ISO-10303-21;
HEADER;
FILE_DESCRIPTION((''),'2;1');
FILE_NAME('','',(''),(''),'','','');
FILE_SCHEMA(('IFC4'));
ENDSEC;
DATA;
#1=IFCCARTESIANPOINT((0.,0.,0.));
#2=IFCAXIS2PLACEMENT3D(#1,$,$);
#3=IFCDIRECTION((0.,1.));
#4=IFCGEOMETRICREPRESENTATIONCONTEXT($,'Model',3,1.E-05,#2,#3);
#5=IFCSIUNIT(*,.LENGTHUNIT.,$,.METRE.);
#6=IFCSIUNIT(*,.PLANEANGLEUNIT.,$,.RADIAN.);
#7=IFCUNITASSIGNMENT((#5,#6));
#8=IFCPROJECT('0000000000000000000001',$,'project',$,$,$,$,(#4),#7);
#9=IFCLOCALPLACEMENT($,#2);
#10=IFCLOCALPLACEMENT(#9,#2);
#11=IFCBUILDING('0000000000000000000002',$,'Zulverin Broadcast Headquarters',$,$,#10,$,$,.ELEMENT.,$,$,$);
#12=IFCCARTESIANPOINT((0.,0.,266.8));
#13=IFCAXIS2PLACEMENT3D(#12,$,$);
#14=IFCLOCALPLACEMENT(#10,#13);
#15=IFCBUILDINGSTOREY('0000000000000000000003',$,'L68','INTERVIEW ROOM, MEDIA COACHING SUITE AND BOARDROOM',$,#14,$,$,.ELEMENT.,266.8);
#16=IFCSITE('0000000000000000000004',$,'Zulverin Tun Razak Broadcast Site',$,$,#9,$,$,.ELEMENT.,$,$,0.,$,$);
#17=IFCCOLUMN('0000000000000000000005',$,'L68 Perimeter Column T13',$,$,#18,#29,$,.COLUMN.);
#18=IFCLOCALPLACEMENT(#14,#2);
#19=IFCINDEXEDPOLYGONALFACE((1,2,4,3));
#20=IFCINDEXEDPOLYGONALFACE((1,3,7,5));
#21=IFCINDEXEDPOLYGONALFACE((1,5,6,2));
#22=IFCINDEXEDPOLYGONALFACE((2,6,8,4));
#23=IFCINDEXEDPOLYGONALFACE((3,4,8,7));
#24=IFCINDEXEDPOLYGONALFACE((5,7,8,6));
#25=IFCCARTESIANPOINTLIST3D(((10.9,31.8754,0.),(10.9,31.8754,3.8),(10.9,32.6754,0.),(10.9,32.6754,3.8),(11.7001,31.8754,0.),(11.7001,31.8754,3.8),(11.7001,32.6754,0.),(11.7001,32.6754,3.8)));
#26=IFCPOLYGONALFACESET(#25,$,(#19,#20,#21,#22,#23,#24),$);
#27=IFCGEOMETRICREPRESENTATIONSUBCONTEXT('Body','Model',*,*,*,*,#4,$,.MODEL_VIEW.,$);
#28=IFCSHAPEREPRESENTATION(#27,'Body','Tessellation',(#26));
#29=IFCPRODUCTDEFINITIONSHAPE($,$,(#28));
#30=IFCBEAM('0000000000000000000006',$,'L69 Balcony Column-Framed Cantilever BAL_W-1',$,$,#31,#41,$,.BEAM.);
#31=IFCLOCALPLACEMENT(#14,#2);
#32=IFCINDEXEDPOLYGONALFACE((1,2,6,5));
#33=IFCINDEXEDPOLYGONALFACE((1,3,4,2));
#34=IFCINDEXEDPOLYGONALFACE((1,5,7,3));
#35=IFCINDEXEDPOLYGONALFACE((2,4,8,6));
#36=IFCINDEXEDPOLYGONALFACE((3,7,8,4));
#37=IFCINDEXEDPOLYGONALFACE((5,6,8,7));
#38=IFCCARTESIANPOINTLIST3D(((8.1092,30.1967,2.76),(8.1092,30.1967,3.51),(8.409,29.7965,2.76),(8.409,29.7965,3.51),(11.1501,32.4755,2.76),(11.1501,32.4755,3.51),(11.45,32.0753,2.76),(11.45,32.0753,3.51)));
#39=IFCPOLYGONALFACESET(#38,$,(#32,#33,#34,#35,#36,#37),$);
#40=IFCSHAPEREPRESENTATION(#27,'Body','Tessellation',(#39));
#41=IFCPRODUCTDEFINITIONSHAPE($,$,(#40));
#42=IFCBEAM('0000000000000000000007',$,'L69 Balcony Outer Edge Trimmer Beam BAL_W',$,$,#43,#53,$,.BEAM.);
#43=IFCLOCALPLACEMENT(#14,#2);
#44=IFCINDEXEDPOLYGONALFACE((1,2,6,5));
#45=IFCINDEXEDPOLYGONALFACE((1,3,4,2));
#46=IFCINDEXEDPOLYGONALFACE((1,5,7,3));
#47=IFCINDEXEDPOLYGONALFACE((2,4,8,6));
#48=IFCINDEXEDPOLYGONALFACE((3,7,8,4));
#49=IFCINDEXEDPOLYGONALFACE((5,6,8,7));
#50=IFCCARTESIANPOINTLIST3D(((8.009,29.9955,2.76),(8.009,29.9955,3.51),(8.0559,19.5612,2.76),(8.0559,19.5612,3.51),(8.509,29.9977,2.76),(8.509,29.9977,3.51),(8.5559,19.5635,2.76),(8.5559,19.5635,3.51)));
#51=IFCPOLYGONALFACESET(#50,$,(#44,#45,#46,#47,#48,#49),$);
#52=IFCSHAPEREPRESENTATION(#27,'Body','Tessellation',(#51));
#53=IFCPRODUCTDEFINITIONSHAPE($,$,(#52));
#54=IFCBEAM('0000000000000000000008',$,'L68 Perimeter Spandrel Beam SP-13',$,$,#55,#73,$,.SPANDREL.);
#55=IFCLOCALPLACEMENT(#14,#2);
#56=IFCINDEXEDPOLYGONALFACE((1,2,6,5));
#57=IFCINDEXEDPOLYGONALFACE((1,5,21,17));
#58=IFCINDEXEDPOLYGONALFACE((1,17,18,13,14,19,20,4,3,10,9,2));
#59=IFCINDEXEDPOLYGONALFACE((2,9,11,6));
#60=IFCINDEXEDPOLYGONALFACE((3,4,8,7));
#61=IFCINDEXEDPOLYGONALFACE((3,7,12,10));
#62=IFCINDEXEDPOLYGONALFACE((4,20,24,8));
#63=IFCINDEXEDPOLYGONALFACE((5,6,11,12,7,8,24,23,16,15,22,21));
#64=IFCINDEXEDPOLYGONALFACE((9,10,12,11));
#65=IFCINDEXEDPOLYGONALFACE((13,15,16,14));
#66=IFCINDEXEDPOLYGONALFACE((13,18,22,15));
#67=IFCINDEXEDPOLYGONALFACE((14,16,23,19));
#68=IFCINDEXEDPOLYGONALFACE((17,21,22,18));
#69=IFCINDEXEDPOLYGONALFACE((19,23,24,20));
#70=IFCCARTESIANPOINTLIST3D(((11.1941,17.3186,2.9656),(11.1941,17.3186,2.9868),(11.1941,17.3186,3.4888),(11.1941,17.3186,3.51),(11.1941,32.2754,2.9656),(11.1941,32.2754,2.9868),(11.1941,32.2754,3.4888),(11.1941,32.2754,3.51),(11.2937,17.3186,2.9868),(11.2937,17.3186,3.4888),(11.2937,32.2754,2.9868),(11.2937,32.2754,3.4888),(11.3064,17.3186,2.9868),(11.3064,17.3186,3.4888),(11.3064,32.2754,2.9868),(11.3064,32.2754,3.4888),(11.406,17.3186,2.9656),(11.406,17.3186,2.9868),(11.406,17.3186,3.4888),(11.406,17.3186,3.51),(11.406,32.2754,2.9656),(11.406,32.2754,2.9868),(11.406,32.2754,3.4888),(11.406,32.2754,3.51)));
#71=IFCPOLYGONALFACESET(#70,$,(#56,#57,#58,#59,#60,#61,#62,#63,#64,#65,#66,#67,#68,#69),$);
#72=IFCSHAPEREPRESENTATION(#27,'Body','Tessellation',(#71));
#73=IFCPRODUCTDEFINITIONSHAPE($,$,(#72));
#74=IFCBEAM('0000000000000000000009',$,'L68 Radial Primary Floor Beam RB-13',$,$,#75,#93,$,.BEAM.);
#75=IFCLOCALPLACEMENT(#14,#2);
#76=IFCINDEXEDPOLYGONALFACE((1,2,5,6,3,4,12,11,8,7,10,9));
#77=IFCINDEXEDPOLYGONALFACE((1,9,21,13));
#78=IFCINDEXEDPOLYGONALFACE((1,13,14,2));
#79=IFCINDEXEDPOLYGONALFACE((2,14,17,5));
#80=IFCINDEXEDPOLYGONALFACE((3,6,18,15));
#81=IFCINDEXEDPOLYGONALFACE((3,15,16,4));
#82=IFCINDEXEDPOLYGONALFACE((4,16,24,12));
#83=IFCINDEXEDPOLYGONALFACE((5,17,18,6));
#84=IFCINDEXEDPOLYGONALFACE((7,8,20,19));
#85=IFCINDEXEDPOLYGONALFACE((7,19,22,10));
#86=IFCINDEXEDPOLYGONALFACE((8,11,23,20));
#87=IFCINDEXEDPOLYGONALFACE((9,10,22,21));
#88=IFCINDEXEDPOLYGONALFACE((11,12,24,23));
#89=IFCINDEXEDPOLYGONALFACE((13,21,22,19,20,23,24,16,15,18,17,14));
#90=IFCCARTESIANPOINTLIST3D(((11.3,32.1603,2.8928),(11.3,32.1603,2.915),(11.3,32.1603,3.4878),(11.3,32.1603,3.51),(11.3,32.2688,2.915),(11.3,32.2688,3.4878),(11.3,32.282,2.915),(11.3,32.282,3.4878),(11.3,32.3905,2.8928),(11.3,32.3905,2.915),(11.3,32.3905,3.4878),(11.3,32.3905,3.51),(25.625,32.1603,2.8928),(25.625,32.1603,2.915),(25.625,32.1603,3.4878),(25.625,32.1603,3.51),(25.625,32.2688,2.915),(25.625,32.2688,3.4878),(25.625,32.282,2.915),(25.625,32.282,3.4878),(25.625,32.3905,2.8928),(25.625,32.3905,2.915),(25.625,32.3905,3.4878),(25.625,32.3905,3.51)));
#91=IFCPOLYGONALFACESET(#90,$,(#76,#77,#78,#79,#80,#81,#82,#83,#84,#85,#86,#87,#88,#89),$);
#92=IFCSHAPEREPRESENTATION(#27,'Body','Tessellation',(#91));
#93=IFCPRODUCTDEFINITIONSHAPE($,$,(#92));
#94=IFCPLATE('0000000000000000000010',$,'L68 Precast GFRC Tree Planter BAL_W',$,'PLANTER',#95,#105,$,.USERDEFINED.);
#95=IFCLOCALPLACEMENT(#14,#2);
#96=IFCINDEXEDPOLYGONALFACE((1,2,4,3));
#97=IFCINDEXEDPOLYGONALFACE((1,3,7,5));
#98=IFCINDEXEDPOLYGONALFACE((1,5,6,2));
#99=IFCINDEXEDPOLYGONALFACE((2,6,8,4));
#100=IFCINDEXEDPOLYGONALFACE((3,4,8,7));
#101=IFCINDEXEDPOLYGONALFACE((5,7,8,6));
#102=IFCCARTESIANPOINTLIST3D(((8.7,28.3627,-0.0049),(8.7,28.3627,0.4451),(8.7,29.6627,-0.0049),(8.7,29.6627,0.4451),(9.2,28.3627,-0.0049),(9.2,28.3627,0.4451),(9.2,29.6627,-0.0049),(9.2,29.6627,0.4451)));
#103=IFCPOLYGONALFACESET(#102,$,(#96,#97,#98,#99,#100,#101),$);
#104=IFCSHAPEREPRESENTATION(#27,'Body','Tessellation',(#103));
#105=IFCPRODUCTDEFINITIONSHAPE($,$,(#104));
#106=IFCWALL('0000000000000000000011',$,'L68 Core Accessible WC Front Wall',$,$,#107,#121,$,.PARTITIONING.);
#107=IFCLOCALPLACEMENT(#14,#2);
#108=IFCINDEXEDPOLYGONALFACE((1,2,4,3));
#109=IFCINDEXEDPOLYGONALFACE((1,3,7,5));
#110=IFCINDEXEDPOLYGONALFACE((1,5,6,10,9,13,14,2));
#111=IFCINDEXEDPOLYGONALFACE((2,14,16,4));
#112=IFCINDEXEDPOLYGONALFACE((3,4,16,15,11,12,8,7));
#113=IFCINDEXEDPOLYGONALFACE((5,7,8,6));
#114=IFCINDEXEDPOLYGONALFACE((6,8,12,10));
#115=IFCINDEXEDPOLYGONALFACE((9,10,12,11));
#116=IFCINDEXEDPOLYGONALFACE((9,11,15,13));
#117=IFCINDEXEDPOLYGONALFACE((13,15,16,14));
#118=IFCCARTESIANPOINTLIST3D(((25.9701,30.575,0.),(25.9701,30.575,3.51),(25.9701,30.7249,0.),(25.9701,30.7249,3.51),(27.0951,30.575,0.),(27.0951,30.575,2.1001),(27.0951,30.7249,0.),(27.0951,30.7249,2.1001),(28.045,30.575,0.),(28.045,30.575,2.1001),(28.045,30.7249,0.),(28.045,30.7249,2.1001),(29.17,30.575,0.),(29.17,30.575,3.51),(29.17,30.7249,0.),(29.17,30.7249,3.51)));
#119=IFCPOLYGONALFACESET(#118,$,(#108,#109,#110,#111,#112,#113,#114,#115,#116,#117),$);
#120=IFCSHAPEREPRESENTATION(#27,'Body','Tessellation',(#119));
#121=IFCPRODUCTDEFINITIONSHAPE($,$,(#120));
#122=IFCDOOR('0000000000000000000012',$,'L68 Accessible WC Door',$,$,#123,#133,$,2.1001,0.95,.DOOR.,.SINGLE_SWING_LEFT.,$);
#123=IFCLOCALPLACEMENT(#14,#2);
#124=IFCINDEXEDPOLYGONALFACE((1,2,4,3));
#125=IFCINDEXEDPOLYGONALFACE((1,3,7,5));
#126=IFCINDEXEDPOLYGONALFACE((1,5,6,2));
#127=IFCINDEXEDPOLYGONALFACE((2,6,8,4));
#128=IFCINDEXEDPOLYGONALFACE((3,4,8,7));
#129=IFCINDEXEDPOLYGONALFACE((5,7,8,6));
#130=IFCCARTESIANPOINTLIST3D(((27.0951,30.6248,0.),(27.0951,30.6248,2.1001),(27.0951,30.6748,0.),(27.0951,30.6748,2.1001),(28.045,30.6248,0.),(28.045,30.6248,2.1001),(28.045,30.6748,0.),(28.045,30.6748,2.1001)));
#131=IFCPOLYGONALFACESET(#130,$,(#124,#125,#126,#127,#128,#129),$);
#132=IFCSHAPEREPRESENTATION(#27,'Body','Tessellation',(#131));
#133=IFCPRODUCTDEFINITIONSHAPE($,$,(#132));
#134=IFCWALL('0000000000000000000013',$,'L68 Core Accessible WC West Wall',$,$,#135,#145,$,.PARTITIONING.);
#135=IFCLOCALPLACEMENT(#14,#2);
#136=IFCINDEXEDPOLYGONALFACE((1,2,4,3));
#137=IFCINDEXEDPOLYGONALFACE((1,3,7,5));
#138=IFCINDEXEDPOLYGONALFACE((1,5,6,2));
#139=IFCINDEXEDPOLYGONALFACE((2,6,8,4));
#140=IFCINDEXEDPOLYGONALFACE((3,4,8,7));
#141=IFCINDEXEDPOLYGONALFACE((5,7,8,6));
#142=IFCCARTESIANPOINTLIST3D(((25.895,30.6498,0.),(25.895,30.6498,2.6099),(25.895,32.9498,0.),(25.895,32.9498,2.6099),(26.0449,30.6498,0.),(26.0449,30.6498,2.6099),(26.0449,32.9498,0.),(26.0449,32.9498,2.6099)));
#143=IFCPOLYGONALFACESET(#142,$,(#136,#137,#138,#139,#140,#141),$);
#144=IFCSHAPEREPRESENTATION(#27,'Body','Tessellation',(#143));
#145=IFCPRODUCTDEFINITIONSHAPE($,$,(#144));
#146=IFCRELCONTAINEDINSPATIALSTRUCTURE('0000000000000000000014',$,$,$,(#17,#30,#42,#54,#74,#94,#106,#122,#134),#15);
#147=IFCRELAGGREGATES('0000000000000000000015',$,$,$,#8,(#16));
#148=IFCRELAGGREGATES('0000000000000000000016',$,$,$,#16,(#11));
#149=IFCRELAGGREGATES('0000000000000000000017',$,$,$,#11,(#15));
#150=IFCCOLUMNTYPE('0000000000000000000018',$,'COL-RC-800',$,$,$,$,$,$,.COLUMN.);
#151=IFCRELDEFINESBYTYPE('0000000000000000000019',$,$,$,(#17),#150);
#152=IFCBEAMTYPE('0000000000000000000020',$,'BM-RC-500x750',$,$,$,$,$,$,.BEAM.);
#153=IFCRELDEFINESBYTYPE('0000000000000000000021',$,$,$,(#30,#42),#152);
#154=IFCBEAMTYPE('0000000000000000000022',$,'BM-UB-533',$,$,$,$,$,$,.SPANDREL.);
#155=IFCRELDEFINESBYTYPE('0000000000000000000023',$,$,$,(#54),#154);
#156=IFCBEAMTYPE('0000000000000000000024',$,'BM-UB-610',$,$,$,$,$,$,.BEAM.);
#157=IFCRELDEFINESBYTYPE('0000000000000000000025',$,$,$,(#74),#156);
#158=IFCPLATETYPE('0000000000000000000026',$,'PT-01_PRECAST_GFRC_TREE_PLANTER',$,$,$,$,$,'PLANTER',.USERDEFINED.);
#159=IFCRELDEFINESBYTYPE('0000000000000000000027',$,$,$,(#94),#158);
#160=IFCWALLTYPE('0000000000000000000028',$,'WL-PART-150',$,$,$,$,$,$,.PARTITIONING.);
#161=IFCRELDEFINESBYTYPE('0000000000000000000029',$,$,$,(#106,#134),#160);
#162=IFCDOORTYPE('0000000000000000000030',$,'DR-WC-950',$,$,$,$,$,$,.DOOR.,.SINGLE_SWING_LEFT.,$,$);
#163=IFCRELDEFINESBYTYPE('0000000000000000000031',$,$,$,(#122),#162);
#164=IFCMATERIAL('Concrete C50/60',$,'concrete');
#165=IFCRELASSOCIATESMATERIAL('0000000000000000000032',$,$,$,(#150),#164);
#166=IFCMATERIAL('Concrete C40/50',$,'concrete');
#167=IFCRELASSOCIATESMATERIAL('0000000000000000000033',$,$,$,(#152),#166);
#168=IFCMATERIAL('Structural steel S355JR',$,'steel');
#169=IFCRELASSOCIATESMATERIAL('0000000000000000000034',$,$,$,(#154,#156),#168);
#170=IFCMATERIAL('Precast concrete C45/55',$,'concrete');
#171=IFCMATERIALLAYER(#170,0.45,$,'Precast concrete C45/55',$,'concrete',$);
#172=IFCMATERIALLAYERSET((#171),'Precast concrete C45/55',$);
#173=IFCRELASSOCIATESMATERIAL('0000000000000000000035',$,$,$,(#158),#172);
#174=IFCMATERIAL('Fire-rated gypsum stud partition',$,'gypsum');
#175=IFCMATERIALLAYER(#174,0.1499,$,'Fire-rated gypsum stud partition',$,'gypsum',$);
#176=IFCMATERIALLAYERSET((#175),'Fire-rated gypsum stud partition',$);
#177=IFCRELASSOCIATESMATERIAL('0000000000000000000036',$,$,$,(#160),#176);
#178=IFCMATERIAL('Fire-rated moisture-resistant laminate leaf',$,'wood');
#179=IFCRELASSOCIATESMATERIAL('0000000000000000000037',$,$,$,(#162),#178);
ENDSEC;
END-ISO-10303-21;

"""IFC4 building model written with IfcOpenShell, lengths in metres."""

from ifc_helpers import new_model, si_unit, direction, frame, frame_2d, origin, origin_2d, place, context, subcontext, project, spatial, rectangle, i_section, extrude, material, layer, layer_set, material_profile, profile_set, type_object, element, fill, save


model = new_model("IFC4")

# Units and contexts
model_context = context("Model", 3, precision=1e-05, world=origin(), true_north=direction((0.0, 1.0)))
body_context = subcontext(model_context, "Body", "Model", "MODEL_VIEW")
ifc_project = project(units=[si_unit("LENGTHUNIT", "METRE"), si_unit("PLANEANGLEUNIT", "RADIAN")], contexts=[model_context])

# Site, building, storey
site_placement = place(None, origin())
site = spatial("IfcSite", under=ifc_project, at=site_placement, Name="Zulverin Tun Razak Broadcast Site", CompositionType="ELEMENT", RefElevation=0.0)
building_placement = place(site_placement, origin())
building = spatial("IfcBuilding", under=site, at=building_placement, Name="Zulverin Broadcast Headquarters", CompositionType="ELEMENT")
storey_placement = place(building_placement, frame((0.0, 0.0, 266.8)))
storey = spatial("IfcBuildingStorey", under=building, at=storey_placement, Name="L68", Description="INTERVIEW ROOM, MEDIA COACHING SUITE AND BOARDROOM", CompositionType="ELEMENT", Elevation=266.8)

# Column
ifc_material_1 = material(Name="Concrete C50/60", Category="concrete")
ifc_material_profile_1 = material_profile(ifc_material_1, rectangle(XDim=0.8, YDim=0.8, at=origin_2d()), Name="Concrete C50/60", Category="concrete")
ifc_profile_set_1 = profile_set([ifc_material_profile_1], Name="Concrete C50/60")
column_type = type_object("IfcColumnType", Name="COL-RC-800", PredefinedType="COLUMN", material=ifc_profile_set_1)
column_placement = place(storey_placement, frame((11.3, 32.2754, 0.0), z_axis=(0.0, 0.0, 1.0), x_axis=(1.0, 0.0, 0.0)))
element("IfcColumn", 1, at=column_placement, inside=storey, type_object=column_type, Name="L68 Perimeter Column T13", PredefinedType="COLUMN", context=body_context, shape_type="SweptSolid", body=[
    extrude(rectangle(XDim=0.8, YDim=0.8, at=origin_2d()), origin(), (0.0, 0.0, 1.0), 3.8),
])

# Beams
ifc_material_2 = material(Name="Concrete C40/50", Category="concrete")
ifc_material_profile_2 = material_profile(ifc_material_2, rectangle(XDim=0.5, YDim=0.75, at=origin_2d()), Name="Concrete C40/50", Category="concrete")
ifc_profile_set_2 = profile_set([ifc_material_profile_2], Name="Concrete C40/50")
beam_type_1 = type_object("IfcBeamType", Name="BM-RC-500x750", PredefinedType="BEAM", material=ifc_profile_set_2)
beam_1_placement = place(storey_placement, frame((11.3, 32.2754, 3.135), z_axis=(-0.800247, -0.599671, 0.0), x_axis=(0.599671, -0.800247, 0.0)))
element("IfcBeam", 2, at=beam_1_placement, inside=storey, type_object=beam_type_1, Name="L69 Balcony Column-Framed Cantilever BAL_W-1", PredefinedType="BEAM", context=body_context, shape_type="SweptSolid", body=[
    extrude(rectangle(XDim=0.5, YDim=0.75, at=origin_2d()), origin(), (0.0, 0.0, 1.0), 3.8),
])
beam_2_placement = place(storey_placement, frame((8.259, 29.9966, 3.135), z_axis=(0.004492, -0.99999, 0.0), x_axis=(0.99999, 0.004492, 0.0)))
element("IfcBeam", 3, at=beam_2_placement, inside=storey, type_object=beam_type_1, Name="L69 Balcony Outer Edge Trimmer Beam BAL_W", PredefinedType="BEAM", context=body_context, shape_type="SweptSolid", body=[
    extrude(rectangle(XDim=0.5, YDim=0.75, at=origin_2d()), origin(), (0.0, 0.0, 1.0), 10.4343),
])
ifc_material_3 = material(Name="Structural steel S355JR", Category="steel")
ifc_material_profile_3 = material_profile(ifc_material_3, i_section(OverallWidth=0.2119, OverallDepth=0.5444, WebThickness=0.0127, FlangeThickness=0.0212, at=origin_2d()), Name="Structural steel S355JR", Category="steel")
ifc_profile_set_3 = profile_set([ifc_material_profile_3], Name="Structural steel S355JR")
beam_type_2 = type_object("IfcBeamType", Name="BM-UB-533", PredefinedType="SPANDREL", material=ifc_profile_set_3)
beam_3_placement = place(storey_placement, frame((11.3, 32.2754, 3.2378), z_axis=(0.0, -1.0, 0.0), x_axis=(1.0, 0.0, 0.0)))
element("IfcBeam", 4, at=beam_3_placement, inside=storey, type_object=beam_type_2, Name="L68 Perimeter Spandrel Beam SP-13", PredefinedType="SPANDREL", context=body_context, shape_type="SweptSolid", body=[
    extrude(i_section(OverallWidth=0.2119, OverallDepth=0.5444, WebThickness=0.0127, FlangeThickness=0.0212, at=origin_2d()), origin(), (0.0, 0.0, 1.0), 14.9568),
])
ifc_material_profile_4 = material_profile(ifc_material_3, i_section(OverallWidth=0.2302, OverallDepth=0.6172, WebThickness=0.0132, FlangeThickness=0.0222, at=origin_2d()), Name="Structural steel S355JR", Category="steel")
ifc_profile_set_4 = profile_set([ifc_material_profile_4], Name="Structural steel S355JR")
beam_type_3 = type_object("IfcBeamType", Name="BM-UB-610", PredefinedType="BEAM", material=ifc_profile_set_4)
beam_4_placement = place(storey_placement, frame((25.625, 32.2754, 3.2014), z_axis=(-1.0, 0.0, 0.0), x_axis=(0.0, -1.0, 0.0)))
element("IfcBeam", 5, at=beam_4_placement, inside=storey, type_object=beam_type_3, Name="L68 Radial Primary Floor Beam RB-13", PredefinedType="BEAM", context=body_context, shape_type="SweptSolid", body=[
    extrude(i_section(OverallWidth=0.2302, OverallDepth=0.6172, WebThickness=0.0132, FlangeThickness=0.0222, at=origin_2d()), origin(), (0.0, 0.0, 1.0), 14.325),
])

# Plate
ifc_material_4 = material(Name="Precast concrete C45/55", Category="concrete")
ifc_layer_1 = layer(ifc_material_4, 0.45, Name="Precast concrete C45/55", Category="concrete")
ifc_layer_set_1 = layer_set([ifc_layer_1], Name="Precast concrete C45/55")
plate_type = type_object("IfcPlateType", Name="PT-01_PRECAST_GFRC_TREE_PLANTER", ElementType="PLANTER", PredefinedType="USERDEFINED", material=ifc_layer_set_1)
plate_placement = place(storey_placement, frame((8.95, 29.0127, -0.0049), z_axis=(0.0, 0.0, 1.0), x_axis=(0.0, 1.0, 0.0)))
element("IfcPlate", 6, at=plate_placement, inside=storey, type_object=plate_type, Name="L68 Precast GFRC Tree Planter BAL_W", ObjectType="PLANTER", PredefinedType="USERDEFINED", context=body_context, shape_type="SweptSolid", body=[
    extrude(rectangle(XDim=1.3, YDim=0.5, at=origin_2d()), origin(), (0.0, 0.0, 1.0), 0.45),
])

# Wall, opening, door
ifc_material_5 = material(Name="Fire-rated gypsum stud partition", Category="gypsum")
ifc_layer_2 = layer(ifc_material_5, 0.1499, Name="Fire-rated gypsum stud partition", Category="gypsum")
ifc_layer_set_2 = layer_set([ifc_layer_2], Name="Fire-rated gypsum stud partition")
wall_type = type_object("IfcWallType", Name="WL-PART-150", PredefinedType="PARTITIONING", material=ifc_layer_set_2)
wall_1_placement = place(storey_placement, frame((25.97, 30.6499, 0.0), z_axis=(0.0, 0.0, 1.0), x_axis=(1.0, 0.0, 0.0)))
wall_1 = element("IfcWall", 7, at=wall_1_placement, inside=storey, type_object=wall_type, Name="L68 Core Accessible WC Front Wall", PredefinedType="PARTITIONING", context=body_context, shape_type="SweptSolid", body=[
    extrude(rectangle(XDim=3.2, YDim=0.1499, at=frame_2d((1.6001, 0.0))), origin(), (0.0, 0.0, 1.0), 3.51),
])
opening_1_placement = place(wall_1_placement, frame((1.125, 0.0, 0.0)))
opening_1 = element("IfcOpeningElement", 8, at=opening_1_placement, cuts=wall_1, PredefinedType="OPENING", context=body_context, shape_type="SweptSolid", body=[
    extrude(rectangle(XDim=0.95, YDim=2.1001, at=frame_2d((0.4751, 1.05))), frame((0.0, 0.085, 0.0), z_axis=(0.0, -1.0, 0.0), x_axis=(1.0, 0.0, 0.0)), (0.0, 0.0, 1.0), 0.1699),
])
ifc_material_6 = material(Name="Fire-rated moisture-resistant laminate leaf", Category="wood")
door_type_1 = type_object("IfcDoorType", Name="DR-WC-950", OperationType="SINGLE_SWING_LEFT", PredefinedType="DOOR", material=ifc_material_6)
door_1_placement = place(opening_1_placement, origin())
door_1 = element("IfcDoor", 9, at=door_1_placement, inside=storey, type_object=door_type_1, Name="L68 Accessible WC Door", OperationType="SINGLE_SWING_LEFT", OverallHeight=2.1001, OverallWidth=0.95, PredefinedType="DOOR", context=body_context, shape_type="SweptSolid", body=[
    extrude(rectangle(XDim=0.95, YDim=2.1001, at=frame_2d((0.4751, 1.05))), frame((0.0, 0.0249, 0.0), z_axis=(0.0, -1.0, 0.0), x_axis=(1.0, 0.0, 0.0)), (0.0, 0.0, 1.0), 0.05),
])
fill(opening_1, door_1)

# Wall
wall_2_placement = place(storey_placement, frame((25.97, 30.6499, 0.0), z_axis=(0.0, 0.0, 1.0), x_axis=(0.0, 1.0, 0.0)))
element("IfcWall", 10, at=wall_2_placement, inside=storey, type_object=wall_type, Name="L68 Core Accessible WC West Wall", PredefinedType="PARTITIONING", context=body_context, shape_type="SweptSolid", body=[
    extrude(rectangle(XDim=2.3, YDim=0.1499, at=frame_2d((1.1499, 0.0))), origin(), (0.0, 0.0, 1.0), 2.6099),
])

save(model, "model.ifc")
